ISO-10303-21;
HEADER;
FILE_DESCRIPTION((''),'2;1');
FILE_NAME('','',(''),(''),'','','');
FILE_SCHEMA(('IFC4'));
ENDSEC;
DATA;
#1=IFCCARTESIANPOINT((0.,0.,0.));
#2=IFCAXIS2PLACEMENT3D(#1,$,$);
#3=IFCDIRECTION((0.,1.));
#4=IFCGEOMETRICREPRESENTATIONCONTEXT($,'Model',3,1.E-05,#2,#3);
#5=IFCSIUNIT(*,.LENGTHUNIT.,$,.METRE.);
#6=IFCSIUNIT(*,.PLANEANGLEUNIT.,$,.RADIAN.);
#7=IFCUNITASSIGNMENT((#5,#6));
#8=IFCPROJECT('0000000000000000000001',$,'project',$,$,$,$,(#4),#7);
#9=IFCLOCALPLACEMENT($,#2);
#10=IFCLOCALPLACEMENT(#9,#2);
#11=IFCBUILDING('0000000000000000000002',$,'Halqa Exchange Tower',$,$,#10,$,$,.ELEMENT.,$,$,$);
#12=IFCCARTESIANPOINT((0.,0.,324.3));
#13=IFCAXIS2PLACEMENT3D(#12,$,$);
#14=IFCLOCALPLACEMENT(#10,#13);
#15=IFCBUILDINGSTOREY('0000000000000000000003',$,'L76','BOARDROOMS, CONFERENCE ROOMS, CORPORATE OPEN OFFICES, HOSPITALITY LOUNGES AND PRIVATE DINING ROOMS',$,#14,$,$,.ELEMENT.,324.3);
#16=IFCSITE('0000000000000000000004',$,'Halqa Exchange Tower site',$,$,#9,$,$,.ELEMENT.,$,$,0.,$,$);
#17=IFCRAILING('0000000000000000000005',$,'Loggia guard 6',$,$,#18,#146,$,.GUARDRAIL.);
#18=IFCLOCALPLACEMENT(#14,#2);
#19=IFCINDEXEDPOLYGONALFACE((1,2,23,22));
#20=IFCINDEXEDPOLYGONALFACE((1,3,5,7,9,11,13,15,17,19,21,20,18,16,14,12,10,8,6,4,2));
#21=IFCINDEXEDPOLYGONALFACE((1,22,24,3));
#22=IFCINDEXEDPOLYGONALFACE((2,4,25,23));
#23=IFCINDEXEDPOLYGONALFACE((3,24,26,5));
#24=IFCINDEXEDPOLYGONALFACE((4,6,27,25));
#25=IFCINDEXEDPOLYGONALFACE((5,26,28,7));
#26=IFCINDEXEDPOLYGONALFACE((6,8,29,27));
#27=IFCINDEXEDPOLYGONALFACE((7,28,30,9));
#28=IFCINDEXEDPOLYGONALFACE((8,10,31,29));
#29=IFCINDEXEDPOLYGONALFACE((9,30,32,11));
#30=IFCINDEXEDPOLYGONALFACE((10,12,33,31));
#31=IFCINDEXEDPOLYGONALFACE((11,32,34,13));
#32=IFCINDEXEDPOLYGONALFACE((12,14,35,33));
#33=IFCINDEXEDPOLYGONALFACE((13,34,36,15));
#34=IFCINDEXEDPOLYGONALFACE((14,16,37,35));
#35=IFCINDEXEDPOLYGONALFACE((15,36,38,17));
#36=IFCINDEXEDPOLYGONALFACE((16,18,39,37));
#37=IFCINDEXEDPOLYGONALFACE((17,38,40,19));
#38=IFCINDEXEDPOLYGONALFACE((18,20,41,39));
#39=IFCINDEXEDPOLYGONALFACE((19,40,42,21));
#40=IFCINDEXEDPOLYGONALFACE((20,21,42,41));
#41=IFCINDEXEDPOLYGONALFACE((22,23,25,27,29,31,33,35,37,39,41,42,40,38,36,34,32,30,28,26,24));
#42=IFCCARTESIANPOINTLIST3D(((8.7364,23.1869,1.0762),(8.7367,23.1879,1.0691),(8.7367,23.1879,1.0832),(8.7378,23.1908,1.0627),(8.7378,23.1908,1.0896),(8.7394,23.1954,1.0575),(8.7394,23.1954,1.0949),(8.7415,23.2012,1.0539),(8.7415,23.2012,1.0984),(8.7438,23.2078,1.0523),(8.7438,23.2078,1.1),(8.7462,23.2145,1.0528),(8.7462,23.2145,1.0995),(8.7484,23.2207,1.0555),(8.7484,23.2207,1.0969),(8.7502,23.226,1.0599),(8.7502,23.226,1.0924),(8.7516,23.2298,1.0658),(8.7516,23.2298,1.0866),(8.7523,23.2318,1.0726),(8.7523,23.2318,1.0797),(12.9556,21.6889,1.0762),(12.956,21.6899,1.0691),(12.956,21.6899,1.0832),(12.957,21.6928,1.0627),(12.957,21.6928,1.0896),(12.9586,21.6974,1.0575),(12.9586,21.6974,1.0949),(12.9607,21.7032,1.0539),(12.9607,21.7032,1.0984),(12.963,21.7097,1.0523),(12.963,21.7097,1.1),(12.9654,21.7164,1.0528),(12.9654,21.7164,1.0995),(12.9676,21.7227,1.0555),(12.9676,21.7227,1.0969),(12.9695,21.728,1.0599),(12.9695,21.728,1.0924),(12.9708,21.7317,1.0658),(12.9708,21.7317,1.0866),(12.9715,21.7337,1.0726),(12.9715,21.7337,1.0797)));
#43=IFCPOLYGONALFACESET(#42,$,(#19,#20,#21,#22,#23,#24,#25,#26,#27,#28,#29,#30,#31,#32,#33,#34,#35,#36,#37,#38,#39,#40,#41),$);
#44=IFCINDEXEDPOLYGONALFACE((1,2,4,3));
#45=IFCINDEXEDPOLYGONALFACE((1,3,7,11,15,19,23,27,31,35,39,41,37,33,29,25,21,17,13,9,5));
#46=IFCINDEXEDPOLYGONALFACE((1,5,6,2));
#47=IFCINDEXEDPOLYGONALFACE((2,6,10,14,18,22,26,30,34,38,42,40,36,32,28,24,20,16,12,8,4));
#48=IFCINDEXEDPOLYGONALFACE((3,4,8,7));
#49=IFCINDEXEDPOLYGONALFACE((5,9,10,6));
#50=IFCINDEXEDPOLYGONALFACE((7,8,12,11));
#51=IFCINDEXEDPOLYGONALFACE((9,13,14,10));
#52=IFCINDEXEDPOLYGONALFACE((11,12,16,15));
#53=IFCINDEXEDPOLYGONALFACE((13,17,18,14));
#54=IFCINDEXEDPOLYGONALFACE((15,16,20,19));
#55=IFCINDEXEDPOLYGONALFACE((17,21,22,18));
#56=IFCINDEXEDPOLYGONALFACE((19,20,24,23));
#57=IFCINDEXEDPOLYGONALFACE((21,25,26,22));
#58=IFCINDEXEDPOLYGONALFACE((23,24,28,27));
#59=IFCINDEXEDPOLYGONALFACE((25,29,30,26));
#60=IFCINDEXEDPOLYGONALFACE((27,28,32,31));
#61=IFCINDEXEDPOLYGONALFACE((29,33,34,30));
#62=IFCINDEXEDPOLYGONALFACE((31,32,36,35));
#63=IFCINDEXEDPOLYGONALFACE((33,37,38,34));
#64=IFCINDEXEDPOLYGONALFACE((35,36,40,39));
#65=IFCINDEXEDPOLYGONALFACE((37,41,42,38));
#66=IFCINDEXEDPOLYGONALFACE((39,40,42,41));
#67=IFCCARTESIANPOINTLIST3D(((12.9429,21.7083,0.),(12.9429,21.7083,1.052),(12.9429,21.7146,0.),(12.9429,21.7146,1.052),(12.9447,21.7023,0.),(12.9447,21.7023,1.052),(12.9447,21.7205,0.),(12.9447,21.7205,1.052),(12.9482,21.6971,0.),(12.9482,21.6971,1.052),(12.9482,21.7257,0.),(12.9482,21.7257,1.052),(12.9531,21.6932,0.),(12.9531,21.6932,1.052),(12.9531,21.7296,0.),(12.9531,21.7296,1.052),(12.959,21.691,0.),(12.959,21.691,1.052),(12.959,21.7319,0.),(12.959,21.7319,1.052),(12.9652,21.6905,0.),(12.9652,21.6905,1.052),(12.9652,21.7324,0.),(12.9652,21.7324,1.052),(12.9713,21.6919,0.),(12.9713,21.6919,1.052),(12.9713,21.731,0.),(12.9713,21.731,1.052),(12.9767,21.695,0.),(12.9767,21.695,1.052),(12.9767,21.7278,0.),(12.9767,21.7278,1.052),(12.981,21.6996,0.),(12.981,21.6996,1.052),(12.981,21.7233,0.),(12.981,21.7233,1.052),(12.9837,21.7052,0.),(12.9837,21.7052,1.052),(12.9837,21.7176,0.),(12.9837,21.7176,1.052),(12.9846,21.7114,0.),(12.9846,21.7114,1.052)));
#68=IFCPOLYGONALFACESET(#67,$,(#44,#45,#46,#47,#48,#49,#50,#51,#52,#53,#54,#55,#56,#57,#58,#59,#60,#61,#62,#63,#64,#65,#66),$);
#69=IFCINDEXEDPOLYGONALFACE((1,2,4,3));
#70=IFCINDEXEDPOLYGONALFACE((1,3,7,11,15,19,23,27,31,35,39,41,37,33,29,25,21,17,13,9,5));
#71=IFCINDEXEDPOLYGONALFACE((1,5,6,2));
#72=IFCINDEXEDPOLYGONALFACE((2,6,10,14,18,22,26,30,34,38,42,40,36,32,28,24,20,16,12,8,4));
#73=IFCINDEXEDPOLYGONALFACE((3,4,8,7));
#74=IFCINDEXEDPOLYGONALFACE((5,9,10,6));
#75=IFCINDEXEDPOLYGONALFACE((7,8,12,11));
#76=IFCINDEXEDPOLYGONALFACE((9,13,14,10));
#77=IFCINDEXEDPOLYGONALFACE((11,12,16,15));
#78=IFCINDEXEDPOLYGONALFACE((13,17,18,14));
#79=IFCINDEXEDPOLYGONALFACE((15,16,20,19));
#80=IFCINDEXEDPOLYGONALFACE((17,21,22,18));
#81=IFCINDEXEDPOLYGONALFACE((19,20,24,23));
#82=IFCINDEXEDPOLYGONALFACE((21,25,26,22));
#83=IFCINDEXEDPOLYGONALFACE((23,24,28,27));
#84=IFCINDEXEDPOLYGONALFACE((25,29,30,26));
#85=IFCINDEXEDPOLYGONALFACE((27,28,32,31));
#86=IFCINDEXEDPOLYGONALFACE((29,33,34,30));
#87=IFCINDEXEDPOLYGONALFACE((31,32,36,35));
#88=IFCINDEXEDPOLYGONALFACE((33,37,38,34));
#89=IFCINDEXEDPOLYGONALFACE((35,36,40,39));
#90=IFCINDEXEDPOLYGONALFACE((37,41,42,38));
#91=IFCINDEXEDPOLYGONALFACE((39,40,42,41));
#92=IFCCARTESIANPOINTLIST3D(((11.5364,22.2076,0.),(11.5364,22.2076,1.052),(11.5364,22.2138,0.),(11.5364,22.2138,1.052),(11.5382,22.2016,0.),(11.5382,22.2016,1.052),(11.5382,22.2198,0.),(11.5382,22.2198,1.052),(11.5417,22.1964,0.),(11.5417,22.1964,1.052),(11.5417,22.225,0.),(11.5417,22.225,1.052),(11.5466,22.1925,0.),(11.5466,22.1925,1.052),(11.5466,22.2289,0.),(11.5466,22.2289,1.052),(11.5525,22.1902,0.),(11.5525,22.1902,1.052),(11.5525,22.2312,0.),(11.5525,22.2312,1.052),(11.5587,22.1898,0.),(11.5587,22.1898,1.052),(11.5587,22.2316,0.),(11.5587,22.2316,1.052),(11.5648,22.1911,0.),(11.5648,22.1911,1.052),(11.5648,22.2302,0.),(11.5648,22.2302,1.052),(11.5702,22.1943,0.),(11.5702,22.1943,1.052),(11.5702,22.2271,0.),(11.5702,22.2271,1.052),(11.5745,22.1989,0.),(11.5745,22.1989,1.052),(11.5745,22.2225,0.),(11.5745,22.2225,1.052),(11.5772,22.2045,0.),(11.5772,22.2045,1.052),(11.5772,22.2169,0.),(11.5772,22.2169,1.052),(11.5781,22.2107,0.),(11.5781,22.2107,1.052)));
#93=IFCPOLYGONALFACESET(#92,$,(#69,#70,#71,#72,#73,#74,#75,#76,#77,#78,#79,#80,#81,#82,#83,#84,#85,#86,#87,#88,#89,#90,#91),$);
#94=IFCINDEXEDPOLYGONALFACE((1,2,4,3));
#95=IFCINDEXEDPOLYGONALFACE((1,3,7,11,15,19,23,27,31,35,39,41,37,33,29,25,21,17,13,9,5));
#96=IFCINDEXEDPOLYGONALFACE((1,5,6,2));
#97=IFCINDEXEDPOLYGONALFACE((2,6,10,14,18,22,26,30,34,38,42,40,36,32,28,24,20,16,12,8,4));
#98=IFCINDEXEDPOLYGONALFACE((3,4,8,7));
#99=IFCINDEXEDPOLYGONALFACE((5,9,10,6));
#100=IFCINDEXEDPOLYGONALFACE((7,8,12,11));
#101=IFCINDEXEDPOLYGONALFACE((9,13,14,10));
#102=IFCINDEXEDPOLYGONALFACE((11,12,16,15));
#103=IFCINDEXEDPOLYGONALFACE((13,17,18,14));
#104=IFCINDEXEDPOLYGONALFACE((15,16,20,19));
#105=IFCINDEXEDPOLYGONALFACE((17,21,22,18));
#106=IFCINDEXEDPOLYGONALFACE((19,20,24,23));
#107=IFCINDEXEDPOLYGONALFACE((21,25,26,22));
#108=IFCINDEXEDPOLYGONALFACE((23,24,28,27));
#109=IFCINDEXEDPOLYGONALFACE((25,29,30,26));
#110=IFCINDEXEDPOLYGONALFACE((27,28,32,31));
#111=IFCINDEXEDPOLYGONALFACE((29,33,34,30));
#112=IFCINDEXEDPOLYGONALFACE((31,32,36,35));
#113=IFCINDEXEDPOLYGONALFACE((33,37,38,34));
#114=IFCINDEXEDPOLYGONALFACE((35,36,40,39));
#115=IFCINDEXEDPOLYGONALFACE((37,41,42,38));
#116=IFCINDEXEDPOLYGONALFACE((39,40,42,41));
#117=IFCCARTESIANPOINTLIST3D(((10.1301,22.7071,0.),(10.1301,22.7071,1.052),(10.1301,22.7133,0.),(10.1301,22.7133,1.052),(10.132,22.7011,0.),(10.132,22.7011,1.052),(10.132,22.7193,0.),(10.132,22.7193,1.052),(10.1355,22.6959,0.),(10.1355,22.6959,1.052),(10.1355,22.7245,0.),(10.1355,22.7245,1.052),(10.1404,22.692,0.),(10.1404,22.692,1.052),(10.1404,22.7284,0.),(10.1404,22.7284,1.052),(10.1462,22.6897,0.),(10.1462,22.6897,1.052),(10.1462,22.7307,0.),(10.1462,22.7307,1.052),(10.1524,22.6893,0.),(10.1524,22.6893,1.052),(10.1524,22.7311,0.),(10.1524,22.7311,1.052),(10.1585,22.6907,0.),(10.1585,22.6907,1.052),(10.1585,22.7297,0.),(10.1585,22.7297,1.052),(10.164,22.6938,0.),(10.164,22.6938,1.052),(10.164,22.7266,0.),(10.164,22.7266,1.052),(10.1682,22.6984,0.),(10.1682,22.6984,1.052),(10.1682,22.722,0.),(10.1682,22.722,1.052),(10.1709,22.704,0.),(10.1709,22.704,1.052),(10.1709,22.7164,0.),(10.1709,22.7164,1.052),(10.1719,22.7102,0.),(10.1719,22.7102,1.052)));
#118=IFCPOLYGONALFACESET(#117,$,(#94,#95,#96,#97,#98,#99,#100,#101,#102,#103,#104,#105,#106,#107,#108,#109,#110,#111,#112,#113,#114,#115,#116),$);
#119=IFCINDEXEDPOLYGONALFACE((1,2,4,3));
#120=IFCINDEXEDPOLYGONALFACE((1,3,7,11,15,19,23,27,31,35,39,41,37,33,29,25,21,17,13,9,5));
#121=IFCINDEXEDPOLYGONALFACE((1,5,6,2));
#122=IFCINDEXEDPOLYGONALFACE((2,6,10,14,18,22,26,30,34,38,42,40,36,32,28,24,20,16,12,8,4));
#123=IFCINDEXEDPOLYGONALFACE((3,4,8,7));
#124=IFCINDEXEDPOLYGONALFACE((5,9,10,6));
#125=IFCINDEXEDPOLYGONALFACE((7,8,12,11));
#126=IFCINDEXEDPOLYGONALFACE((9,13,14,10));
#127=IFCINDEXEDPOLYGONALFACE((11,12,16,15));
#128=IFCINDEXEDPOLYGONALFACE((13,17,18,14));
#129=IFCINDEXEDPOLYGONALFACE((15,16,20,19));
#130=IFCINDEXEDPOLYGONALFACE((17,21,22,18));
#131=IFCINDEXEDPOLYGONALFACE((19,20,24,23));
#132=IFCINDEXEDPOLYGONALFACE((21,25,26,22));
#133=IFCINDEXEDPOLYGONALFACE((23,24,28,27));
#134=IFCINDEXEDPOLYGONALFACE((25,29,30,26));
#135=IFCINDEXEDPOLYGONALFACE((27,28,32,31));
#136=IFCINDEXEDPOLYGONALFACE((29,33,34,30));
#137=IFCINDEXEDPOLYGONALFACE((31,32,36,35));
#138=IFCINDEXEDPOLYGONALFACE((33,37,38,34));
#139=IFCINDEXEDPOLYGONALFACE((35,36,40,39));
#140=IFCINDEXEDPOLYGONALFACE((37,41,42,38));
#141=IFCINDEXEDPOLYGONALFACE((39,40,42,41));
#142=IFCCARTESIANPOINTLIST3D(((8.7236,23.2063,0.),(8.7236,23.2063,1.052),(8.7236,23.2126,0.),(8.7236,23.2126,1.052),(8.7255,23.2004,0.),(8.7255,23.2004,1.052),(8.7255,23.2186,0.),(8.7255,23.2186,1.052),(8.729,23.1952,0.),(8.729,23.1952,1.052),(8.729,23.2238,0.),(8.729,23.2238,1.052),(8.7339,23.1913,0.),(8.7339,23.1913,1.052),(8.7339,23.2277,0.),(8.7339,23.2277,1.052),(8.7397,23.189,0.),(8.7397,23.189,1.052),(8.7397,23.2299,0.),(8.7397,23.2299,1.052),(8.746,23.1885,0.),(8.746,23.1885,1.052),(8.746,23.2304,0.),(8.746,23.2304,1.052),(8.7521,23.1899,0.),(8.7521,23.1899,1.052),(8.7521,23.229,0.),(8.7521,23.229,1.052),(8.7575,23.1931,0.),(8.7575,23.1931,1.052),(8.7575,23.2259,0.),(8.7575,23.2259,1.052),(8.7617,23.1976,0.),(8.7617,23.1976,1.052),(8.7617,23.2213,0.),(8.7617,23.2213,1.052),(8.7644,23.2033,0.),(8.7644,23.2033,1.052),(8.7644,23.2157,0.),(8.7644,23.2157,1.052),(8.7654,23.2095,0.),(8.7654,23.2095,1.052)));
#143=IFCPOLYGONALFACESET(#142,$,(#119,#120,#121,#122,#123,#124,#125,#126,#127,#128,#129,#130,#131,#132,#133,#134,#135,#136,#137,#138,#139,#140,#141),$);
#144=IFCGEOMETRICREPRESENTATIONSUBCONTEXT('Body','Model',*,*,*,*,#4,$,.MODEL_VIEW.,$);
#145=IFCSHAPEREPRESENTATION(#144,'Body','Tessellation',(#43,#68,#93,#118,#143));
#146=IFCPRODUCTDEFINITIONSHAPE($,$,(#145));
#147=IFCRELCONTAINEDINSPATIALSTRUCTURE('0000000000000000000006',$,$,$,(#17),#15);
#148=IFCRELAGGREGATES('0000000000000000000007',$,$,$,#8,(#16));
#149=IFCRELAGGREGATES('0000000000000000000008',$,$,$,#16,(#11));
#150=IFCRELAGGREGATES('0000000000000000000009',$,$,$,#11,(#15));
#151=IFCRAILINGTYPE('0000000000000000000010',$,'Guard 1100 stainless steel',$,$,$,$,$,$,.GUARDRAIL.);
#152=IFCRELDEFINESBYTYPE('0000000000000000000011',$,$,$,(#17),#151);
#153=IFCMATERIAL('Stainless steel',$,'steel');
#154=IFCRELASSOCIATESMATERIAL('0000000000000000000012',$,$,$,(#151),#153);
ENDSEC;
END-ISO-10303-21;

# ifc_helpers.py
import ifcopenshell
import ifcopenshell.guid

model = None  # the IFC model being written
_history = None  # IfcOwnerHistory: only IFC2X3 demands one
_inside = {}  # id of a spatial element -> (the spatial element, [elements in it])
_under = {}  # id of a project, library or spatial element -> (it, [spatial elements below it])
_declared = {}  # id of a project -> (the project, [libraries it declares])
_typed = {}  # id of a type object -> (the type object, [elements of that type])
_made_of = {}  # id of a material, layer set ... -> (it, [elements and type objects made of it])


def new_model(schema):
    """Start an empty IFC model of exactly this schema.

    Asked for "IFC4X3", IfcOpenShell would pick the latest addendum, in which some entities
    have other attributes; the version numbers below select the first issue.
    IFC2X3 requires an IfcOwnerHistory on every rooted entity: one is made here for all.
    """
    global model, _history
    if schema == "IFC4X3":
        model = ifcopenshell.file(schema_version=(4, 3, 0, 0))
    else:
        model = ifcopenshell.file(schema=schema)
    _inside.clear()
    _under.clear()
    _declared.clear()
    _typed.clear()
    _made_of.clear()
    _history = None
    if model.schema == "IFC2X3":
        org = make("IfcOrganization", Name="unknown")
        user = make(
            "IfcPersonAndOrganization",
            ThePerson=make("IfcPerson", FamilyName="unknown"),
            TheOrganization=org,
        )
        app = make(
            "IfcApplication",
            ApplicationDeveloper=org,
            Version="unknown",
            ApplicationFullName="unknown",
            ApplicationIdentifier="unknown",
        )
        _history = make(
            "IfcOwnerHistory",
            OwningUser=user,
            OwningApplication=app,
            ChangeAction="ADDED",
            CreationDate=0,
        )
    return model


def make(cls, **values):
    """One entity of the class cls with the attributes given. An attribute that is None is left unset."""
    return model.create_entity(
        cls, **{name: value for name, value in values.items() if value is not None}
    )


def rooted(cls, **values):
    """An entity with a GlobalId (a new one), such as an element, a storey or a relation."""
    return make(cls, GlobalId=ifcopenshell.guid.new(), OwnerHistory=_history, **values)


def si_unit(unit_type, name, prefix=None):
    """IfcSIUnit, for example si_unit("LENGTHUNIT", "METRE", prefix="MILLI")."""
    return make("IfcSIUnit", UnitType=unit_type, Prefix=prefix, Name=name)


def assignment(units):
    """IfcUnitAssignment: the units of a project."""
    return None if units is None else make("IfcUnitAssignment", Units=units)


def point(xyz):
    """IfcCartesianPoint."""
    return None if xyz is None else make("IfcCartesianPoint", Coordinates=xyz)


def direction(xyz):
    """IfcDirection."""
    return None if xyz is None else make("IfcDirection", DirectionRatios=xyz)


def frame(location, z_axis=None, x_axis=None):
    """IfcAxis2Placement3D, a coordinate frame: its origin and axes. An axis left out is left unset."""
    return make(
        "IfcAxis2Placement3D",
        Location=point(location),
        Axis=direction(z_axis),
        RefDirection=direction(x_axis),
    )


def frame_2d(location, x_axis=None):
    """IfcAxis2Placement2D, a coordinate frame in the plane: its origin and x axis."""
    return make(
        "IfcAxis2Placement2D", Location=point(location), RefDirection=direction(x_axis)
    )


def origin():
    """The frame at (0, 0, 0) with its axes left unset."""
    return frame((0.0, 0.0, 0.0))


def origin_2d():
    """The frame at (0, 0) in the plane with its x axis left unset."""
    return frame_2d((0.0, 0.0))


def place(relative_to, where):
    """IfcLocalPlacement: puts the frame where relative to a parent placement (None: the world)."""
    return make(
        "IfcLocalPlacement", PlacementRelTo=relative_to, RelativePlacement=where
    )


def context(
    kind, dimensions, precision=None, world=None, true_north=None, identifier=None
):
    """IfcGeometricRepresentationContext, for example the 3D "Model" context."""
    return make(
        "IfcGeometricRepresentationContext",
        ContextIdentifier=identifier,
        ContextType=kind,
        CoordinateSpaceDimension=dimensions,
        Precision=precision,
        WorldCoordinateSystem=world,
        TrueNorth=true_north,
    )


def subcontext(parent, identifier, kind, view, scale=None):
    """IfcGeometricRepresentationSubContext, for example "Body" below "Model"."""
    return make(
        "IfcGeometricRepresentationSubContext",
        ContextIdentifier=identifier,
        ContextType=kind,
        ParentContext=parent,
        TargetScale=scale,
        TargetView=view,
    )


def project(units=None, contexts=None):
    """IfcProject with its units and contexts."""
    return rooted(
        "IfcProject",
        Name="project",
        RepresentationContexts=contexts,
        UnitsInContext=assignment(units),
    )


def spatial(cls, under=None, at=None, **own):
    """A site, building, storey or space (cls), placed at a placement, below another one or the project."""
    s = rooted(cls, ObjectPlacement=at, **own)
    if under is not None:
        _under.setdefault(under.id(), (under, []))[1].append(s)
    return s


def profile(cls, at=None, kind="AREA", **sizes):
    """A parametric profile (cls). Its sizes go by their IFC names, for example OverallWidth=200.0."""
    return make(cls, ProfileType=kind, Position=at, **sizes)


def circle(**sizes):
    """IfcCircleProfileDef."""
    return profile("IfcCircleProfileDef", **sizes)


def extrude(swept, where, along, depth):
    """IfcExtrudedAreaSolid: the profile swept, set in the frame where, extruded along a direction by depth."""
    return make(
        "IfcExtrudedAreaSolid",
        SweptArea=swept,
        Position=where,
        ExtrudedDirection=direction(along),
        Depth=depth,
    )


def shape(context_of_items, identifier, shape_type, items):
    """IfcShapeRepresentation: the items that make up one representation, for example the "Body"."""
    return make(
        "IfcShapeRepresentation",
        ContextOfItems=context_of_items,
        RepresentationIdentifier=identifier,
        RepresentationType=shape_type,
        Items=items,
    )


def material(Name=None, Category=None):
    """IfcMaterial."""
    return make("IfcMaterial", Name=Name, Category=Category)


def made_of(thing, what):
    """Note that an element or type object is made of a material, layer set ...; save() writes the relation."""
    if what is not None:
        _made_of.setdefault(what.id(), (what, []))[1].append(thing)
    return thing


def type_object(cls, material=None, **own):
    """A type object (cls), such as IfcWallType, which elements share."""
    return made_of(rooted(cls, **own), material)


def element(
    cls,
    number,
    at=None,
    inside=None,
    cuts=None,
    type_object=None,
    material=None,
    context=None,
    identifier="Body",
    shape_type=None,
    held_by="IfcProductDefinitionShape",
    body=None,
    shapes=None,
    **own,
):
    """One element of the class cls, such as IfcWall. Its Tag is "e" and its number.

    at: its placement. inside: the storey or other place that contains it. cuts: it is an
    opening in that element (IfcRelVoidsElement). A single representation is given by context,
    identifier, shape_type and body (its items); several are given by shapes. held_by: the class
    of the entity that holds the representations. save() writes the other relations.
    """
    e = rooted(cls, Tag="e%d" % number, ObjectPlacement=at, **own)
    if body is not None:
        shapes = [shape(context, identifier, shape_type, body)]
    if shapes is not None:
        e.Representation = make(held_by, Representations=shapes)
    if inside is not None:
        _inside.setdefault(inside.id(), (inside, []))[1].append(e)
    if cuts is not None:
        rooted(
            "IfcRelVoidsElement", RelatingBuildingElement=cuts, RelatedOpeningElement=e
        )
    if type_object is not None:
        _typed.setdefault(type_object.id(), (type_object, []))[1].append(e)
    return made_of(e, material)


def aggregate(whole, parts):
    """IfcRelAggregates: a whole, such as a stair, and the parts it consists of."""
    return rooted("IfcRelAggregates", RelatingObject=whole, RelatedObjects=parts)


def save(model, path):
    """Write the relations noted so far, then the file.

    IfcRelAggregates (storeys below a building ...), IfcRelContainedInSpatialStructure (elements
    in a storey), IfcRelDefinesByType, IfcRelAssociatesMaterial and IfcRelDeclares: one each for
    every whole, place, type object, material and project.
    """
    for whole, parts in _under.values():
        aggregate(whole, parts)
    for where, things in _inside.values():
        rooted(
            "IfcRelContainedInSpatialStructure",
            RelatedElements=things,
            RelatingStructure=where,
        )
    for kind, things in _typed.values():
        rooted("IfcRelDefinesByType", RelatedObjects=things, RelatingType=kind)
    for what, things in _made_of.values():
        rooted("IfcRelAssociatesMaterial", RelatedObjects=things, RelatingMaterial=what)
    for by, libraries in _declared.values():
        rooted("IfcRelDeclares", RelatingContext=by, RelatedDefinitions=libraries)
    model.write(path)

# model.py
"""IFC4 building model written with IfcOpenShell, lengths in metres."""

from ifc_helpers import new_model, si_unit, direction, frame, origin, origin_2d, place, context, subcontext, project, spatial, circle, extrude, material, type_object, element, save


model = new_model("IFC4")

# Units and contexts
model_context = context("Model", 3, precision=1e-05, world=origin(), true_north=direction((0.0, 1.0)))
body_context = subcontext(model_context, "Body", "Model", "MODEL_VIEW")
ifc_project = project(units=[si_unit("LENGTHUNIT", "METRE"), si_unit("PLANEANGLEUNIT", "RADIAN")], contexts=[model_context])

# Site, building, storey
site_placement = place(None, origin())
site = spatial("IfcSite", under=ifc_project, at=site_placement, Name="Halqa Exchange Tower site", CompositionType="ELEMENT", RefElevation=0.0)
building_placement = place(site_placement, origin())
building = spatial("IfcBuilding", under=site, at=building_placement, Name="Halqa Exchange Tower", CompositionType="ELEMENT")
storey_placement = place(building_placement, frame((0.0, 0.0, 324.3)))
storey = spatial("IfcBuildingStorey", under=building, at=storey_placement, Name="L76", Description="BOARDROOMS, CONFERENCE ROOMS, CORPORATE OPEN OFFICES, HOSPITALITY LOUNGES AND PRIVATE DINING ROOMS", CompositionType="ELEMENT", Elevation=324.3)

# Railing
ifc_material_1 = material(Name="Stainless steel", Category="steel")
railing_type = type_object("IfcRailingType", Name="Guard 1100 stainless steel", PredefinedType="GUARDRAIL", material=ifc_material_1)
railing_1_placement = place(storey_placement, frame((12.9636, 21.7114, 0.0)))
element("IfcRailing", 1, at=railing_1_placement, inside=storey, type_object=railing_type, Name="Loggia guard 6", PredefinedType="GUARDRAIL", context=body_context, shape_type="SweptSolid", body=[
    extrude(circle(Radius=0.0239, at=origin_2d()), frame((0.0, 0.0, 1.0762), z_axis=(-0.942365, 0.334588, 0.0), x_axis=(-0.334588, -0.942365, 0.0)), (0.0, 0.0, 1.0), 4.4773),
    extrude(circle(Radius=0.021, at=origin_2d()), origin(), (0.0, 0.0, 1.0), 1.052),
    extrude(circle(Radius=0.021, at=origin_2d()), frame((-1.4065, 0.4993, 0.0)), (0.0, 0.0, 1.0), 1.052),
    extrude(circle(Radius=0.021, at=origin_2d()), frame((-2.8127, 0.9988, 0.0)), (0.0, 0.0, 1.0), 1.052),
    extrude(circle(Radius=0.021, at=origin_2d()), frame((-4.2192, 1.498, 0.0)), (0.0, 0.0, 1.0), 1.052),
])

save(model, "model.ifc")
